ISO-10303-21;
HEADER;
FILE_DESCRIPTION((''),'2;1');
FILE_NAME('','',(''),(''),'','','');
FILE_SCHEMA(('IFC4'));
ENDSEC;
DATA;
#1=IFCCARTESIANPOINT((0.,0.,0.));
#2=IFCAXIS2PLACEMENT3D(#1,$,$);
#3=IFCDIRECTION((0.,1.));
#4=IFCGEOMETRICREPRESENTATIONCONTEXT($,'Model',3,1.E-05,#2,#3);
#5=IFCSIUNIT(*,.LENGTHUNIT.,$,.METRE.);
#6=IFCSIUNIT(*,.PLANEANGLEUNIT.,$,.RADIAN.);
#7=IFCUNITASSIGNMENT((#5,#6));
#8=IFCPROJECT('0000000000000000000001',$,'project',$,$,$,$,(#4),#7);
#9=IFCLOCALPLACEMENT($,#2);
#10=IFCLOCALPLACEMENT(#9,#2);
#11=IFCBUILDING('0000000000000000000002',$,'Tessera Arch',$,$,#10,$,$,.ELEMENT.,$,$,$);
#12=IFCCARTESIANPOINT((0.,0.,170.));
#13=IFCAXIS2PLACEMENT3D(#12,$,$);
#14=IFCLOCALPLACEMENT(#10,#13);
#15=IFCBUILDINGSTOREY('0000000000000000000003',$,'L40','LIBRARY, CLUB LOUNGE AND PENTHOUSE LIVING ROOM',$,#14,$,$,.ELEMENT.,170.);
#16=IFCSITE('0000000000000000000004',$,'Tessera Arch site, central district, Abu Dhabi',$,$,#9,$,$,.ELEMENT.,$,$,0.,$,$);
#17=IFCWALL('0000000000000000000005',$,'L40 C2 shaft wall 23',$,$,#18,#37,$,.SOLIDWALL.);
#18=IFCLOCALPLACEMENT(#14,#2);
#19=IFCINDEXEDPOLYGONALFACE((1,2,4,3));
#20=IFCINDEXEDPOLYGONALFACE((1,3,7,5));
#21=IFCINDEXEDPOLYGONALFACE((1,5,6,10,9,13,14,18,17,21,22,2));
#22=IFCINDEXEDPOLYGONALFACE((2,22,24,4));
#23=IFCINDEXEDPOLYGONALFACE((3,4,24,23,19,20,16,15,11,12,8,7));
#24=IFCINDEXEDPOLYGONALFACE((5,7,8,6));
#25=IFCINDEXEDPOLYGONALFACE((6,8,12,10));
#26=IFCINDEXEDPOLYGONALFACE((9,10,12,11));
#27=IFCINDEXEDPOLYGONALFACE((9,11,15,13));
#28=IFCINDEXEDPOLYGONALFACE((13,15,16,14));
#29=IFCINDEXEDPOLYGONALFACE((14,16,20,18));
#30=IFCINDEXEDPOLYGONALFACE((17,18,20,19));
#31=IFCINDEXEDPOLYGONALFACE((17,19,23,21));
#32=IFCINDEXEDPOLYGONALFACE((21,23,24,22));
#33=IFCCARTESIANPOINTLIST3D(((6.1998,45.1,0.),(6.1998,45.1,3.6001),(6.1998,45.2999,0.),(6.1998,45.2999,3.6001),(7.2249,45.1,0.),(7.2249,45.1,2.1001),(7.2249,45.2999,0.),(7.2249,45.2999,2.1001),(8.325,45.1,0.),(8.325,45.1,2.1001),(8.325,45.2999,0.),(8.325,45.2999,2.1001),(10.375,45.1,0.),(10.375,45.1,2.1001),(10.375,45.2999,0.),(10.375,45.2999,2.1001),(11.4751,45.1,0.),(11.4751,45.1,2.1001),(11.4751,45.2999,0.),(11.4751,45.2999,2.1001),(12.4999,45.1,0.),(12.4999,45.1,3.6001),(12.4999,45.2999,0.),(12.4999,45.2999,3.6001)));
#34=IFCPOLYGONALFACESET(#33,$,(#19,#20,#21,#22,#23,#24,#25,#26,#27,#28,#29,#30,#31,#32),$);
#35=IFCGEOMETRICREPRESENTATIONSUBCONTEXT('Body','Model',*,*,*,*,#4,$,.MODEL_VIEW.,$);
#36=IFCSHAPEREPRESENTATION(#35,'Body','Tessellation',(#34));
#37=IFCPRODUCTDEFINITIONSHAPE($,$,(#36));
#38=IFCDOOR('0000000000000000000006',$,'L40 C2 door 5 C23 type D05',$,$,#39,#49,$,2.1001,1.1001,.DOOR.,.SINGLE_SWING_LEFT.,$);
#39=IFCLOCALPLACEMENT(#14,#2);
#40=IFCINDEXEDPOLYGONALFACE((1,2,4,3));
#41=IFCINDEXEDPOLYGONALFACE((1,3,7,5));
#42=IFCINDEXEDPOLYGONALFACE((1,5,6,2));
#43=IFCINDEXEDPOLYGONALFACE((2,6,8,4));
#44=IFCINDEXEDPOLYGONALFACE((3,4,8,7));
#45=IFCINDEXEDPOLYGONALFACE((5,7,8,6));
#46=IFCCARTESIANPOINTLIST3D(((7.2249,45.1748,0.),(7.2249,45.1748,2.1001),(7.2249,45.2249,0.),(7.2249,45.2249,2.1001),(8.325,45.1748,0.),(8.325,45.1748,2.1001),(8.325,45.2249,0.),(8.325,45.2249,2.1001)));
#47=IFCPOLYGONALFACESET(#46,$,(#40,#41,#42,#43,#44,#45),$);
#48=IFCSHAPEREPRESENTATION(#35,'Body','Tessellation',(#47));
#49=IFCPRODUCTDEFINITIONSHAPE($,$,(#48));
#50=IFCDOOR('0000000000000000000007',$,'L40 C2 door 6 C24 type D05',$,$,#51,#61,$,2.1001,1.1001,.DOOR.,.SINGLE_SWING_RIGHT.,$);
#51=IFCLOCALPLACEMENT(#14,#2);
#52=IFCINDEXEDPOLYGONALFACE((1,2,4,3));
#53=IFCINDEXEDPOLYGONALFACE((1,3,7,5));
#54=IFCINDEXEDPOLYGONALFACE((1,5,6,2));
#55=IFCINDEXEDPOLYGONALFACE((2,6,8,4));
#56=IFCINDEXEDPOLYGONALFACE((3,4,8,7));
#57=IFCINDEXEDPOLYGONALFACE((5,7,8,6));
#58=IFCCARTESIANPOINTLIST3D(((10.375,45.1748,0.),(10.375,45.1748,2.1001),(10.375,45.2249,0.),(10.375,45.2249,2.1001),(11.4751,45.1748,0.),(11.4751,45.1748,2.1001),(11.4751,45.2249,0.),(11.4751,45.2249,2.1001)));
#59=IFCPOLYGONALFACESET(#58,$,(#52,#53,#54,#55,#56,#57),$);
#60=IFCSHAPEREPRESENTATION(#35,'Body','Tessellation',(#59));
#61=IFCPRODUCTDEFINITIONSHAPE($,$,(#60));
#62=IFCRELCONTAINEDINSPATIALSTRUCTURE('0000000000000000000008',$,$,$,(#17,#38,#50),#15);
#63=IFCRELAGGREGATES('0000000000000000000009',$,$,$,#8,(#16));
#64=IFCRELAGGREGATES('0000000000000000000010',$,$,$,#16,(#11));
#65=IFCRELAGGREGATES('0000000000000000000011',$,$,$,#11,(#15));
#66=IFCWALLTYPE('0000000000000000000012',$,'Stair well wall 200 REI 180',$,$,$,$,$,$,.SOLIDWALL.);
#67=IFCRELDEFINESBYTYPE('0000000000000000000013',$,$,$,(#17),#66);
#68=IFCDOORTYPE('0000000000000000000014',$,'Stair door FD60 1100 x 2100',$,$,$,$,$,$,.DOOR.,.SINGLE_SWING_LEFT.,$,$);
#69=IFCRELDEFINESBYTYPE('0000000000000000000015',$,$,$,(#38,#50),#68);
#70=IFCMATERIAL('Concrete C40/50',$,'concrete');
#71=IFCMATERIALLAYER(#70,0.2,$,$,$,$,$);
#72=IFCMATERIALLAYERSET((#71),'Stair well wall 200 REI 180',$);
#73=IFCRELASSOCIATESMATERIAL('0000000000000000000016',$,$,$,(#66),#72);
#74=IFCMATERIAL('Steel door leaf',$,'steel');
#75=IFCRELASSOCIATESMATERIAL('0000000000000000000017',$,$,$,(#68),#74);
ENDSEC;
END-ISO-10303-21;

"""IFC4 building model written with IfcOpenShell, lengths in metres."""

from ifc_helpers import new_model, si_unit, direction, frame, frame_2d, origin, place, context, subcontext, project, spatial, rectangle, extrude, material, layer, layer_set, type_object, element, fill, save


model = new_model("IFC4")

# Units and contexts
model_context = context("Model", 3, precision=1e-05, world=origin(), true_north=direction((0.0, 1.0)))
body_context = subcontext(model_context, "Body", "Model", "MODEL_VIEW")
ifc_project = project(units=[si_unit("LENGTHUNIT", "METRE"), si_unit("PLANEANGLEUNIT", "RADIAN")], contexts=[model_context])

# Site, building, storey
site_placement = place(None, origin())
site = spatial("IfcSite", under=ifc_project, at=site_placement, Name="Tessera Arch site, central district, Abu Dhabi", CompositionType="ELEMENT", RefElevation=0.0)
building_placement = place(site_placement, origin())
building = spatial("IfcBuilding", under=site, at=building_placement, Name="Tessera Arch", CompositionType="ELEMENT")
storey_placement = place(building_placement, frame((0.0, 0.0, 170.0)))
storey = spatial("IfcBuildingStorey", under=building, at=storey_placement, Name="L40", Description="LIBRARY, CLUB LOUNGE AND PENTHOUSE LIVING ROOM", CompositionType="ELEMENT", Elevation=170.0)

# Wall, openings, doors
ifc_material_1 = material(Name="Concrete C40/50", Category="concrete")
ifc_layer_1 = layer(ifc_material_1, 0.2)
ifc_layer_set_1 = layer_set([ifc_layer_1], Name="Stair well wall 200 REI 180")
wall_type_1 = type_object("IfcWallType", Name="Stair well wall 200 REI 180", PredefinedType="SOLIDWALL", material=ifc_layer_set_1)
wall_1_placement = place(storey_placement, frame((6.2, 45.2, 0.0), z_axis=(0.0, 0.0, 1.0), x_axis=(1.0, 0.0, 0.0)))
wall_1 = element("IfcWall", 1, at=wall_1_placement, inside=storey, type_object=wall_type_1, Name="L40 C2 shaft wall 23", PredefinedType="SOLIDWALL", context=body_context, shape_type="SweptSolid", body=[
    extrude(rectangle(XDim=6.3, YDim=0.2, at=frame_2d((3.1499, 0.0))), origin(), (0.0, 0.0, 1.0), 3.6001),
])
opening_1_placement = place(wall_1_placement, frame((1.0249, 0.0, 0.0)))
opening_1 = element("IfcOpeningElement", 2, at=opening_1_placement, cuts=wall_1, PredefinedType="OPENING", context=body_context, shape_type="SweptSolid", body=[
    extrude(rectangle(XDim=1.1001, YDim=2.1001, at=frame_2d((0.55, 1.05))), frame((0.0, 0.1099, 0.0), z_axis=(0.0, -1.0, 0.0), x_axis=(1.0, 0.0, 0.0)), (0.0, 0.0, 1.0), 0.22),
])
opening_2_placement = place(wall_1_placement, frame((4.175, 0.0, 0.0)))
opening_2 = element("IfcOpeningElement", 3, at=opening_2_placement, cuts=wall_1, PredefinedType="OPENING", context=body_context, shape_type="SweptSolid", body=[
    extrude(rectangle(XDim=1.1001, YDim=2.1001, at=frame_2d((0.55, 1.05))), frame((0.0, 0.1099, 0.0), z_axis=(0.0, -1.0, 0.0), x_axis=(1.0, 0.0, 0.0)), (0.0, 0.0, 1.0), 0.22),
])
ifc_material_2 = material(Name="Steel door leaf", Category="steel")
door_type_1 = type_object("IfcDoorType", Name="Stair door FD60 1100 x 2100", OperationType="SINGLE_SWING_LEFT", PredefinedType="DOOR", material=ifc_material_2)
door_1_placement = place(opening_1_placement, origin())
door_1 = element("IfcDoor", 4, at=door_1_placement, inside=storey, type_object=door_type_1, Name="L40 C2 door 5 C23 type D05", OperationType="SINGLE_SWING_LEFT", OverallHeight=2.1001, OverallWidth=1.1001, PredefinedType="DOOR", context=body_context, shape_type="SweptSolid", body=[
    extrude(rectangle(XDim=1.1001, YDim=2.1001, at=frame_2d((0.55, 1.05))), frame((0.0, 0.0249, 0.0), z_axis=(0.0, -1.0, 0.0), x_axis=(1.0, 0.0, 0.0)), (0.0, 0.0, 1.0), 0.05),
])
fill(opening_1, door_1)
door_2_placement = place(opening_2_placement, origin())
door_2 = element("IfcDoor", 5, at=door_2_placement, inside=storey, type_object=door_type_1, Name="L40 C2 door 6 C24 type D05", OperationType="SINGLE_SWING_RIGHT", OverallHeight=2.1001, OverallWidth=1.1001, PredefinedType="DOOR", context=body_context, shape_type="SweptSolid", body=[
    extrude(rectangle(XDim=1.1001, YDim=2.1001, at=frame_2d((0.55, 1.05))), frame((0.0, 0.0249, 0.0), z_axis=(0.0, -1.0, 0.0), x_axis=(1.0, 0.0, 0.0)), (0.0, 0.0, 1.0), 0.05),
])
fill(opening_2, door_2)

save(model, "model.ifc")
